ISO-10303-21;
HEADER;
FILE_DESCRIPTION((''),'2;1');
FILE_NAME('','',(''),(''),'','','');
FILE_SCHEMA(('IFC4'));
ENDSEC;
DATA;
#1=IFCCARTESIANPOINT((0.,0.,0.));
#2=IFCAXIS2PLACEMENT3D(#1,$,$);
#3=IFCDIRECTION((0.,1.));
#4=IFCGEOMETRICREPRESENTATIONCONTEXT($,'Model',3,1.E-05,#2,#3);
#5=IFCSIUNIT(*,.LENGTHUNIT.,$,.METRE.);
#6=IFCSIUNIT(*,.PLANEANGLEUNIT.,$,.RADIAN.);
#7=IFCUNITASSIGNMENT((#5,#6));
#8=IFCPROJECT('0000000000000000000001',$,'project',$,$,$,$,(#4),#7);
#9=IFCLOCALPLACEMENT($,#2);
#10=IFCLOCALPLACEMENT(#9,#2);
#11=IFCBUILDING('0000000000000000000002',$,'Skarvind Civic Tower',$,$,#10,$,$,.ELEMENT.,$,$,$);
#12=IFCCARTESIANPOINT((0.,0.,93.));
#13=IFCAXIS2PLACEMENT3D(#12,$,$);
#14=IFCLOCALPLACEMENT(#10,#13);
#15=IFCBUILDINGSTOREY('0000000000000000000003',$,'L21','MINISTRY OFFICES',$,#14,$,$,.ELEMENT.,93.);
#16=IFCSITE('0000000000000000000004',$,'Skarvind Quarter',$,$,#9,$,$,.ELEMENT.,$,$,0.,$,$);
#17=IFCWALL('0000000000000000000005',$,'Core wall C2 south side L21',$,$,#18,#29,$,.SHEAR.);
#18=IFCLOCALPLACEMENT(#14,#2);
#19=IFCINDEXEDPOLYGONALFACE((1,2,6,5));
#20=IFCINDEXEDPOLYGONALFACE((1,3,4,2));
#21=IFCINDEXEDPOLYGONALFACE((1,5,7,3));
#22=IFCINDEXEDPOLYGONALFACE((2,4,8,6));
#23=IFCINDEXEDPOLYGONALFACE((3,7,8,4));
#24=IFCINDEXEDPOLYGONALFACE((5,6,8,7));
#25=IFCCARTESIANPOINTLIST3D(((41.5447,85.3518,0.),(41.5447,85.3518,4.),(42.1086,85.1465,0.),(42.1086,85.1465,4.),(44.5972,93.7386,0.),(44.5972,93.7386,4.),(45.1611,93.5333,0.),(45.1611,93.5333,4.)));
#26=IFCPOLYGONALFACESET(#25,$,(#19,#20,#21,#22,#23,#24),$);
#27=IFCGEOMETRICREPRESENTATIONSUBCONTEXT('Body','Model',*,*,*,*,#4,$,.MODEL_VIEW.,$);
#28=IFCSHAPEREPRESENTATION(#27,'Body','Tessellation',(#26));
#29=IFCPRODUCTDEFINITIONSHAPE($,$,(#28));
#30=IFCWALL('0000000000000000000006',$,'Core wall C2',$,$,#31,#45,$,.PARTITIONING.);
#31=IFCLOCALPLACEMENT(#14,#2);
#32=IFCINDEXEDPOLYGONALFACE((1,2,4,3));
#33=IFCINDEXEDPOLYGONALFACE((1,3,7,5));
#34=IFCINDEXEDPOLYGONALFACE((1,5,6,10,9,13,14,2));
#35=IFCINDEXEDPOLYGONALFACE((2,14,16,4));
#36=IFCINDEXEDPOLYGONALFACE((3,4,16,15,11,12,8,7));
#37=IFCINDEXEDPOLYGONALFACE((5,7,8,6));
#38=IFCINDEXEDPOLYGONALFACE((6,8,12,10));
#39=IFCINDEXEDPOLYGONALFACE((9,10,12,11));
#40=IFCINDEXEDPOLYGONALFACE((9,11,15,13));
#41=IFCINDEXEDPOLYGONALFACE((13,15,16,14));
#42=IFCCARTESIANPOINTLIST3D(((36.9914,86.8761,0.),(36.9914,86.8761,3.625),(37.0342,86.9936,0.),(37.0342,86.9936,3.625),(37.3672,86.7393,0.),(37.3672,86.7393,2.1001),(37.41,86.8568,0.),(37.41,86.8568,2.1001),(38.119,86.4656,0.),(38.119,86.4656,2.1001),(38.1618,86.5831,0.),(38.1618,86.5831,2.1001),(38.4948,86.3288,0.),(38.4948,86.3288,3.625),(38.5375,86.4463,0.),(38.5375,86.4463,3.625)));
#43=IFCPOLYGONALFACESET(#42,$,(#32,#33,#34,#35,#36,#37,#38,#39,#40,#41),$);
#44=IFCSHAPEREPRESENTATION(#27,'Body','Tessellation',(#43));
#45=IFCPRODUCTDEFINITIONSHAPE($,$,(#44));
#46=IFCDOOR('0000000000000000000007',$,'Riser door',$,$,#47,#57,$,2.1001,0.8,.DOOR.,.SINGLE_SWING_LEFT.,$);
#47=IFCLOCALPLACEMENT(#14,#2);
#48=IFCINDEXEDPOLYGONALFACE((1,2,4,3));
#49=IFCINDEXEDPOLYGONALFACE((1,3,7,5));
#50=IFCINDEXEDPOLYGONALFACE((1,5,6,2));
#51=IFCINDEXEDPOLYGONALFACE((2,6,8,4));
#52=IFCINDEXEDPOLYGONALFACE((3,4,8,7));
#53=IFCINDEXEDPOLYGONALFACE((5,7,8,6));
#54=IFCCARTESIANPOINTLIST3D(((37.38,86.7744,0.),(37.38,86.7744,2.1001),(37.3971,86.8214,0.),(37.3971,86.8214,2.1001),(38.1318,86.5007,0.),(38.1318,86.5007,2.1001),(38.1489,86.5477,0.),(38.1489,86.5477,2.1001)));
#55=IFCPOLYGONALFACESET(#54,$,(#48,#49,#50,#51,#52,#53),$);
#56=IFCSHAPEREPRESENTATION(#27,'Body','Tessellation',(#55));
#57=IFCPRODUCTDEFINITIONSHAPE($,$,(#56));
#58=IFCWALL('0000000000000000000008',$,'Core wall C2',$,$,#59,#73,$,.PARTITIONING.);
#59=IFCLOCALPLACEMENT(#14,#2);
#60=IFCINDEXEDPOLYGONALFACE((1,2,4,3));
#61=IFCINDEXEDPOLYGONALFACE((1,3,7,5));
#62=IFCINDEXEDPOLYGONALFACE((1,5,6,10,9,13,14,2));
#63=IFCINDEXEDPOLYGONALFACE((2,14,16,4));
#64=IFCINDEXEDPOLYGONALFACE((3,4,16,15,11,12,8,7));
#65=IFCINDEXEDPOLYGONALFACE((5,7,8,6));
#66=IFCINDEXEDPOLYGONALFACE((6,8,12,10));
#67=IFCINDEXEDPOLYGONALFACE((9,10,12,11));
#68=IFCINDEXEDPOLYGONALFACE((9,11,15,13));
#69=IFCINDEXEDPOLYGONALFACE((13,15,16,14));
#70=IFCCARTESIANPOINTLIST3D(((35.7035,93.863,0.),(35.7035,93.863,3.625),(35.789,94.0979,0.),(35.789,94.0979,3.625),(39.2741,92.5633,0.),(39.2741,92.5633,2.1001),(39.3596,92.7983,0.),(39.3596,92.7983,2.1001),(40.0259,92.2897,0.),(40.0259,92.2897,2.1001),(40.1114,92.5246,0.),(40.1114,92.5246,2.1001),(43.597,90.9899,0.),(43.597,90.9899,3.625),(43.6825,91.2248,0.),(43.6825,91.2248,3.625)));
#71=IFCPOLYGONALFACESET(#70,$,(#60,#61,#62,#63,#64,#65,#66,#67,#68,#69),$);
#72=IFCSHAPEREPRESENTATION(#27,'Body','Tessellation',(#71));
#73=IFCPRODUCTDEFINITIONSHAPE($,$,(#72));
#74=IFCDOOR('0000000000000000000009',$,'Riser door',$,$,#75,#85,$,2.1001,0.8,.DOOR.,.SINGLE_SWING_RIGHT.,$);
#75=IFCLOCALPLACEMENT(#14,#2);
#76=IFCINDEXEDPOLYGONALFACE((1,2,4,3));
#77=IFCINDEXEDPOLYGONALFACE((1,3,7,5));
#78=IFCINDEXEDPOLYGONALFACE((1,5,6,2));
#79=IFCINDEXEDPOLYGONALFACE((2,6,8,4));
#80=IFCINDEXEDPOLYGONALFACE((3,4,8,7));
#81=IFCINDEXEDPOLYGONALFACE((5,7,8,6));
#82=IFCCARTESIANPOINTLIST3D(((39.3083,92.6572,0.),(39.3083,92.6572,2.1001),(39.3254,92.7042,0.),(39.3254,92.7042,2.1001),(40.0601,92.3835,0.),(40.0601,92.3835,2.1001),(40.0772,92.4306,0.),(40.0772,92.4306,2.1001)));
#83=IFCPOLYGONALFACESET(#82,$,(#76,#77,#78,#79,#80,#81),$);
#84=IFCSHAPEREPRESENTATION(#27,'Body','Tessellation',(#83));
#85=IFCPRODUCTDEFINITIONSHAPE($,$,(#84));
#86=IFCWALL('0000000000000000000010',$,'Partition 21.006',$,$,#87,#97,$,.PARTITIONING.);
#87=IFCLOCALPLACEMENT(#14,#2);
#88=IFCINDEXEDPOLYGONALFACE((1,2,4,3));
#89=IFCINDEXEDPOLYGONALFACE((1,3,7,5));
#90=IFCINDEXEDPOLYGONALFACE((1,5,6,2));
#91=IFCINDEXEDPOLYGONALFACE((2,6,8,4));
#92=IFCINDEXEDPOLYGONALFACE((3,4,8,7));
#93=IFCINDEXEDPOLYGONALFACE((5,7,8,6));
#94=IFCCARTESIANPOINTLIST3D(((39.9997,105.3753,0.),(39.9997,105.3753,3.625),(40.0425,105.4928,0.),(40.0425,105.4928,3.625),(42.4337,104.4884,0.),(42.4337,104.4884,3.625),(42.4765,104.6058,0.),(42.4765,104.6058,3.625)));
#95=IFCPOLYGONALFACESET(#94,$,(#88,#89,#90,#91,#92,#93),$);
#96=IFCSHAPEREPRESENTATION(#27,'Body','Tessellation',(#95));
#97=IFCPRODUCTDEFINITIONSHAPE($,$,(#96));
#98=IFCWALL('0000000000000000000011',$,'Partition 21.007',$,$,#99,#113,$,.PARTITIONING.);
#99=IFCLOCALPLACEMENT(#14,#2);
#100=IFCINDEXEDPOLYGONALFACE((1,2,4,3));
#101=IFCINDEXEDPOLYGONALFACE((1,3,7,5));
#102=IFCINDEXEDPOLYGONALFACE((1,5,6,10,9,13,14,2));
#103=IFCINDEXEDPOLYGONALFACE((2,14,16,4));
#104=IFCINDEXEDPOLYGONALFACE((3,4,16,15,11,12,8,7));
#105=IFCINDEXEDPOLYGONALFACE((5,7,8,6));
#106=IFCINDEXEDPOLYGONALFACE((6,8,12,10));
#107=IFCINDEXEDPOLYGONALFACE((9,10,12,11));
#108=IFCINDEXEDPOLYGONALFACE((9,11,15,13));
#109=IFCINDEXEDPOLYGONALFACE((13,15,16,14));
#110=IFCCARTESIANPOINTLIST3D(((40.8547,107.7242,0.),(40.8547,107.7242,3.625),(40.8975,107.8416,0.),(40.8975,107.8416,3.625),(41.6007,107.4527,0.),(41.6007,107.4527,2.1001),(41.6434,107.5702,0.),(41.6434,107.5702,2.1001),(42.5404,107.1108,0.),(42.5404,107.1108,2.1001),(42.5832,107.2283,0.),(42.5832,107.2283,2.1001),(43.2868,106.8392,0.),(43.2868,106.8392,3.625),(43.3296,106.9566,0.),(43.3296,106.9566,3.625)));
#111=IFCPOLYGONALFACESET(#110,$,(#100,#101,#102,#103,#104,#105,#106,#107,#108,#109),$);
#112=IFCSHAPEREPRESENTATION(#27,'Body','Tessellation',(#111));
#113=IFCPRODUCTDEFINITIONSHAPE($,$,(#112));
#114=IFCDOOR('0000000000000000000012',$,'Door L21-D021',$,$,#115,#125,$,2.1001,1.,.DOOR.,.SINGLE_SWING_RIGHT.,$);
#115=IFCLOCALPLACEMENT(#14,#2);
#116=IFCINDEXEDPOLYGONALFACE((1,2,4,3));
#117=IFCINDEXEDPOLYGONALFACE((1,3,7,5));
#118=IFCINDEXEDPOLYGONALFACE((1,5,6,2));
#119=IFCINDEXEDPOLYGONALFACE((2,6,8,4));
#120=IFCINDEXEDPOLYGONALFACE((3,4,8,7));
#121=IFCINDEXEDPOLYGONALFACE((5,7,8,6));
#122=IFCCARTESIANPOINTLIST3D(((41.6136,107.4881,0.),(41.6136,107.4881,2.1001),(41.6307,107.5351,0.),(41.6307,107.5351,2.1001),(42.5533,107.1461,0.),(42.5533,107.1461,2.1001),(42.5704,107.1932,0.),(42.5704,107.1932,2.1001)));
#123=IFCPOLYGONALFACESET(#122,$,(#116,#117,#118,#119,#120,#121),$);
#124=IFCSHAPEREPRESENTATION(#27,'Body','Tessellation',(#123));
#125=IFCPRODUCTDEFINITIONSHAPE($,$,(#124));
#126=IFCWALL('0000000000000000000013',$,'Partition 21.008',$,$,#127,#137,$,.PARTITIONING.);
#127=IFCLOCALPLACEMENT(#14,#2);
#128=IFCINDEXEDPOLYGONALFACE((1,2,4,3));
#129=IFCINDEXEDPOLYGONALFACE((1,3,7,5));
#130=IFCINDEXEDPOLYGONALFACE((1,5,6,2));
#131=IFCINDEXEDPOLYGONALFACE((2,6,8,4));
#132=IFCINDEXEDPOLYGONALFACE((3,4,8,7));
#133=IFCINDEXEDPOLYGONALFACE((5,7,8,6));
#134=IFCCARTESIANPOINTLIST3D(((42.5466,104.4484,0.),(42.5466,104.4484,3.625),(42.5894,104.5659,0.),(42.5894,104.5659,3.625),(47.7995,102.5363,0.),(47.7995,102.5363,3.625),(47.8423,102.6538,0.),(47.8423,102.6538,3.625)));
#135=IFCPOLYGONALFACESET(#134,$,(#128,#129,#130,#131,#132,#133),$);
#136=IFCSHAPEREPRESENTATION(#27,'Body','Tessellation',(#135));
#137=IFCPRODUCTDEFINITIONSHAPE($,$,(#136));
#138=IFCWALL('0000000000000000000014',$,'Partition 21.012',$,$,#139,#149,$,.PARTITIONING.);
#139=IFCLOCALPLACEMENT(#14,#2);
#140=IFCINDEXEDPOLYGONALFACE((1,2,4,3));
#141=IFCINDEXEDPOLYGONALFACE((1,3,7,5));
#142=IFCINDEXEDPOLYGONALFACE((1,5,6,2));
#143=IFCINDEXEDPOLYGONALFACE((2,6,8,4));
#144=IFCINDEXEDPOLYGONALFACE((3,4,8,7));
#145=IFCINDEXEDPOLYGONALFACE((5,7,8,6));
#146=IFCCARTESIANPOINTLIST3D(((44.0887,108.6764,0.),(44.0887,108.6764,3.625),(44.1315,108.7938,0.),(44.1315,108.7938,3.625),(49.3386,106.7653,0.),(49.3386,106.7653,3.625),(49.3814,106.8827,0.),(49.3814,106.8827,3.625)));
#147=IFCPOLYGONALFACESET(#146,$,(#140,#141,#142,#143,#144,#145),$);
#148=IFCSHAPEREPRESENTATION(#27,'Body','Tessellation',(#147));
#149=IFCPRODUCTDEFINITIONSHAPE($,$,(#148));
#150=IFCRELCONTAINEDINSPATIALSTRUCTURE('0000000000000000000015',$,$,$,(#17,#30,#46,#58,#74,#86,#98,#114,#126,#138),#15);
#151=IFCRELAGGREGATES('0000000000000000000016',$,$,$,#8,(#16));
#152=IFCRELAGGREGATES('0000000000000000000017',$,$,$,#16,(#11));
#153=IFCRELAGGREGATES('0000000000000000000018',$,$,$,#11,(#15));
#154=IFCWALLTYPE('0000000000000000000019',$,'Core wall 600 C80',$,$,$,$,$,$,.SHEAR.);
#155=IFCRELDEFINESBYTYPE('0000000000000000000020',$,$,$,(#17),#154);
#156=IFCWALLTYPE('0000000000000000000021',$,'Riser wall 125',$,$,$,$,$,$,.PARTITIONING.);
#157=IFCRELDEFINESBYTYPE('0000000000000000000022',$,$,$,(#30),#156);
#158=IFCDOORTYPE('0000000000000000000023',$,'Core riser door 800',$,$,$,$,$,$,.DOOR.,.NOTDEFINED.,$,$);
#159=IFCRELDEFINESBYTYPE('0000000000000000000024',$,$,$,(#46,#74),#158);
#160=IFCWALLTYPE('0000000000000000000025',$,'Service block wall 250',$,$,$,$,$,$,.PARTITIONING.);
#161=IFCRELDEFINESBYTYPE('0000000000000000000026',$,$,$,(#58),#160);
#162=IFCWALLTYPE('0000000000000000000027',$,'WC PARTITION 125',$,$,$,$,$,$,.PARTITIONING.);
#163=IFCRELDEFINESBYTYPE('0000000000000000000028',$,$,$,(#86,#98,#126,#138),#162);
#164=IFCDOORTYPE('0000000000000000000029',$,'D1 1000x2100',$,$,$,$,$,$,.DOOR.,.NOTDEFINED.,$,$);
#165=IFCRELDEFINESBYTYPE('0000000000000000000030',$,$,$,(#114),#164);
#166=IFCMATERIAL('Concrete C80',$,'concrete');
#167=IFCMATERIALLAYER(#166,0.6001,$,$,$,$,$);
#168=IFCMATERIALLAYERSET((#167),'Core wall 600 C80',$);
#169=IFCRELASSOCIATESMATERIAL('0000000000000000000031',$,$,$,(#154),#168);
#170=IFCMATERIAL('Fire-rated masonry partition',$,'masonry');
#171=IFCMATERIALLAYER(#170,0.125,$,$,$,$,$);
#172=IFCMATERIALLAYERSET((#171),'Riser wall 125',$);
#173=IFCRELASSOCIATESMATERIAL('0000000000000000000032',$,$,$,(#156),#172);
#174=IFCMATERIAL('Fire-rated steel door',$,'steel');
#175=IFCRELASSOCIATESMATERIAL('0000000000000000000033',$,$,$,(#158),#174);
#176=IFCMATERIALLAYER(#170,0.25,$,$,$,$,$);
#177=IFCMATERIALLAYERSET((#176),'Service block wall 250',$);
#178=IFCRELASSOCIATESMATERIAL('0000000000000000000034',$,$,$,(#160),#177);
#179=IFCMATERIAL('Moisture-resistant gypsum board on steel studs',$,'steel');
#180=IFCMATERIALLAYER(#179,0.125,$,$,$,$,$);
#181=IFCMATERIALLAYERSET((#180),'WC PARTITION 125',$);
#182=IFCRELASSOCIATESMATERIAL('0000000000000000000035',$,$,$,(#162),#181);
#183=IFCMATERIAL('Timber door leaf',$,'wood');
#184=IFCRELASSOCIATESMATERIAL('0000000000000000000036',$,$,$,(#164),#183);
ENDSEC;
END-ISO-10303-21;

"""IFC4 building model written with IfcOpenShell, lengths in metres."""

from ifc_helpers import new_model, si_unit, direction, frame, frame_2d, origin, place, context, subcontext, project, spatial, rectangle, extrude, material, layer, layer_set, type_object, element, fill, save


model = new_model("IFC4")

# Units and contexts
model_context = context("Model", 3, precision=1e-05, world=origin(), true_north=direction((0.0, 1.0)))
body_context = subcontext(model_context, "Body", "Model", "MODEL_VIEW")
ifc_project = project(units=[si_unit("LENGTHUNIT", "METRE"), si_unit("PLANEANGLEUNIT", "RADIAN")], contexts=[model_context])

# Site, building, storey
site_placement = place(None, origin())
site = spatial("IfcSite", under=ifc_project, at=site_placement, Name="Skarvind Quarter", CompositionType="ELEMENT", RefElevation=0.0)
building_placement = place(site_placement, origin())
building = spatial("IfcBuilding", under=site, at=building_placement, Name="Skarvind Civic Tower", CompositionType="ELEMENT")
storey_placement = place(building_placement, frame((0.0, 0.0, 93.0)))
storey = spatial("IfcBuildingStorey", under=building, at=storey_placement, Name="L21", Description="MINISTRY OFFICES", CompositionType="ELEMENT", Elevation=93.0)

# Shared definitions
ifc_material_1 = material(Name="Concrete C80", Category="concrete")

# Shared definitions
ifc_material_2 = material(Name="Fire-rated masonry partition", Category="masonry")
ifc_material_3 = material(Name="Fire-rated steel door", Category="steel")

# Wall
ifc_layer_1 = layer(ifc_material_1, 0.6001)
ifc_layer_set_1 = layer_set([ifc_layer_1], Name="Core wall 600 C80")
wall_type_1 = type_object("IfcWallType", Name="Core wall 600 C80", PredefinedType="SHEAR", material=ifc_layer_set_1)
wall_1_placement = place(storey_placement, frame((41.8267, 85.2493, 0.0), z_axis=(0.0, 0.0, 1.0), x_axis=(0.342018, 0.939694, 0.0)))
element("IfcWall", 1, at=wall_1_placement, inside=storey, type_object=wall_type_1, Name="Core wall C2 south side L21", PredefinedType="SHEAR", context=body_context, shape_type="SweptSolid", body=[
    extrude(rectangle(XDim=8.925, YDim=0.6001, at=frame_2d((4.4624, 0.0))), origin(), (0.0, 0.0, 1.0), 4.0),
])

# Walls, openings, doors
ifc_layer_2 = layer(ifc_material_2, 0.125)
ifc_layer_set_2 = layer_set([ifc_layer_2], Name="Riser wall 125")
wall_type_2 = type_object("IfcWallType", Name="Riser wall 125", PredefinedType="PARTITIONING", material=ifc_layer_set_2)
wall_2_placement = place(storey_placement, frame((37.0129, 86.9348, 0.0), z_axis=(0.0, 0.0, 1.0), x_axis=(0.93966, -0.342111, 0.0)))
wall_2 = element("IfcWall", 2, at=wall_2_placement, inside=storey, type_object=wall_type_2, Name="Core wall C2", PredefinedType="PARTITIONING", context=body_context, shape_type="SweptSolid", body=[
    extrude(rectangle(XDim=1.5999, YDim=0.125, at=frame_2d((0.7998, 0.0))), origin(), (0.0, 0.0, 1.0), 3.625),
])
opening_1_placement = place(wall_2_placement, frame((0.3999, 0.0, 0.0)))
opening_1 = element("IfcOpeningElement", 3, at=opening_1_placement, cuts=wall_2, PredefinedType="OPENING", context=body_context, shape_type="SweptSolid", body=[
    extrude(rectangle(XDim=0.8, YDim=2.1001, at=frame_2d((0.3999, 1.05))), frame((0.0, 0.0725, 0.0), z_axis=(0.0, -1.0, 0.0), x_axis=(1.0, 0.0, 0.0)), (0.0, 0.0, 1.0), 0.145),
])
door_type_1 = type_object("IfcDoorType", Name="Core riser door 800", OperationType="NOTDEFINED", PredefinedType="DOOR", material=ifc_material_3)
door_1_placement = place(opening_1_placement, origin())
door_1 = element("IfcDoor", 4, at=door_1_placement, inside=storey, type_object=door_type_1, Name="Riser door", OperationType="SINGLE_SWING_LEFT", OverallHeight=2.1001, OverallWidth=0.8, PredefinedType="DOOR", context=body_context, shape_type="SweptSolid", body=[
    extrude(rectangle(XDim=0.8, YDim=2.1001, at=frame_2d((0.3999, 1.05))), frame((0.0, 0.0249, 0.0), z_axis=(0.0, -1.0, 0.0), x_axis=(1.0, 0.0, 0.0)), (0.0, 0.0, 1.0), 0.05),
])
fill(opening_1, door_1)
ifc_layer_3 = layer(ifc_material_2, 0.25)
ifc_layer_set_3 = layer_set([ifc_layer_3], Name="Service block wall 250")
wall_type_3 = type_object("IfcWallType", Name="Service block wall 250", PredefinedType="PARTITIONING", material=ifc_layer_set_3)
wall_3_placement = place(storey_placement, frame((35.7461, 93.9805, 0.0), z_axis=(0.0, 0.0, 1.0), x_axis=(0.939692, -0.342023, 0.0)))
wall_3 = element("IfcWall", 5, at=wall_3_placement, inside=storey, type_object=wall_type_3, Name="Core wall C2", PredefinedType="PARTITIONING", context=body_context, shape_type="SweptSolid", body=[
    extrude(rectangle(XDim=8.4001, YDim=0.25, at=frame_2d((4.2002, 0.0))), origin(), (0.0, 0.0, 1.0), 3.625),
])
opening_2_placement = place(wall_3_placement, frame((3.8, 0.0, 0.0)))
opening_2 = element("IfcOpeningElement", 6, at=opening_2_placement, cuts=wall_3, PredefinedType="OPENING", context=body_context, shape_type="SweptSolid", body=[
    extrude(rectangle(XDim=0.8, YDim=2.1001, at=frame_2d((0.3999, 1.05))), frame((0.0, 0.135, 0.0), z_axis=(0.0, -1.0, 0.0), x_axis=(1.0, 0.0, 0.0)), (0.0, 0.0, 1.0), 0.27),
])
door_2_placement = place(opening_2_placement, origin())
door_2 = element("IfcDoor", 7, at=door_2_placement, inside=storey, type_object=door_type_1, Name="Riser door", OperationType="SINGLE_SWING_RIGHT", OverallHeight=2.1001, OverallWidth=0.8, PredefinedType="DOOR", context=body_context, shape_type="SweptSolid", body=[
    extrude(rectangle(XDim=0.8, YDim=2.1001, at=frame_2d((0.3999, 1.05))), frame((0.0, 0.0249, 0.0), z_axis=(0.0, -1.0, 0.0), x_axis=(1.0, 0.0, 0.0)), (0.0, 0.0, 1.0), 0.05),
])
fill(opening_2, door_2)

# Wall
ifc_material_4 = material(Name="Moisture-resistant gypsum board on steel studs", Category="steel")
ifc_layer_4 = layer(ifc_material_4, 0.125)
ifc_layer_set_4 = layer_set([ifc_layer_4], Name="WC PARTITION 125")
wall_type_4 = type_object("IfcWallType", Name="WC PARTITION 125", PredefinedType="PARTITIONING", material=ifc_layer_set_4)
wall_4_placement = place(storey_placement, frame((40.021, 105.4341, 0.0), z_axis=(0.0, 0.0, 1.0), x_axis=(0.939565, -0.342371, 0.0)))
element("IfcWall", 8, at=wall_4_placement, inside=storey, type_object=wall_type_4, Name="Partition 21.006", PredefinedType="PARTITIONING", context=body_context, shape_type="SweptSolid", body=[
    extrude(rectangle(XDim=2.5906, YDim=0.125, at=frame_2d((1.2954, 0.0))), origin(), (0.0, 0.0, 1.0), 3.625),
])

# Wall, opening, door
wall_5_placement = place(storey_placement, frame((43.3081, 106.8979, 0.0), z_axis=(0.0, 0.0, 1.0), x_axis=(-0.939719, 0.341948, 0.0)))
wall_5 = element("IfcWall", 9, at=wall_5_placement, inside=storey, type_object=wall_type_4, Name="Partition 21.007", PredefinedType="PARTITIONING", context=body_context, shape_type="SweptSolid", body=[
    extrude(rectangle(XDim=2.5881, YDim=0.125, at=frame_2d((1.2939, 0.0))), origin(), (0.0, 0.0, 1.0), 3.625),
])
opening_3_placement = place(wall_5_placement, frame((0.7942, 0.0, 0.0)))
opening_3 = element("IfcOpeningElement", 10, at=opening_3_placement, cuts=wall_5, PredefinedType="OPENING", context=body_context, shape_type="SweptSolid", body=[
    extrude(rectangle(XDim=1.0, YDim=2.1001, at=frame_2d((0.5, 1.05))), frame((0.0, 0.0725, 0.0), z_axis=(0.0, -1.0, 0.0), x_axis=(1.0, 0.0, 0.0)), (0.0, 0.0, 1.0), 0.145),
])
ifc_material_5 = material(Name="Timber door leaf", Category="wood")
door_type_2 = type_object("IfcDoorType", Name="D1 1000x2100", OperationType="NOTDEFINED", PredefinedType="DOOR", material=ifc_material_5)
door_3_placement = place(opening_3_placement, origin())
door_3 = element("IfcDoor", 11, at=door_3_placement, inside=storey, type_object=door_type_2, Name="Door L21-D021", OperationType="SINGLE_SWING_RIGHT", OverallHeight=2.1001, OverallWidth=1.0, PredefinedType="DOOR", context=body_context, shape_type="SweptSolid", body=[
    extrude(rectangle(XDim=1.0, YDim=2.1001, at=frame_2d((0.5, 1.05))), frame((0.0, 0.0249, 0.0), z_axis=(0.0, -1.0, 0.0), x_axis=(1.0, 0.0, 0.0)), (0.0, 0.0, 1.0), 0.05),
])
fill(opening_3, door_3)

# Walls
wall_6_placement = place(storey_placement, frame((42.5681, 104.5071, 0.0), z_axis=(0.0, 0.0, 1.0), x_axis=(0.939681, -0.342052, 0.0)))
element("IfcWall", 12, at=wall_6_placement, inside=storey, type_object=wall_type_4, Name="Partition 21.008", PredefinedType="PARTITIONING", context=body_context, shape_type="SweptSolid", body=[
    extrude(rectangle(XDim=5.5901, YDim=0.125, at=frame_2d((2.7949, 0.0))), origin(), (0.0, 0.0, 1.0), 3.625),
])
wall_7_placement = place(storey_placement, frame((44.1101, 108.7351, 0.0), z_axis=(0.0, 0.0, 1.0), x_axis=(0.939676, -0.342066, 0.0)))
element("IfcWall", 13, at=wall_7_placement, inside=storey, type_object=wall_type_4, Name="Partition 21.012", PredefinedType="PARTITIONING", context=body_context, shape_type="SweptSolid", body=[
    extrude(rectangle(XDim=5.5869, YDim=0.125, at=frame_2d((2.7935, 0.0))), origin(), (0.0, 0.0, 1.0), 3.625),
])

save(model, "model.ifc")
